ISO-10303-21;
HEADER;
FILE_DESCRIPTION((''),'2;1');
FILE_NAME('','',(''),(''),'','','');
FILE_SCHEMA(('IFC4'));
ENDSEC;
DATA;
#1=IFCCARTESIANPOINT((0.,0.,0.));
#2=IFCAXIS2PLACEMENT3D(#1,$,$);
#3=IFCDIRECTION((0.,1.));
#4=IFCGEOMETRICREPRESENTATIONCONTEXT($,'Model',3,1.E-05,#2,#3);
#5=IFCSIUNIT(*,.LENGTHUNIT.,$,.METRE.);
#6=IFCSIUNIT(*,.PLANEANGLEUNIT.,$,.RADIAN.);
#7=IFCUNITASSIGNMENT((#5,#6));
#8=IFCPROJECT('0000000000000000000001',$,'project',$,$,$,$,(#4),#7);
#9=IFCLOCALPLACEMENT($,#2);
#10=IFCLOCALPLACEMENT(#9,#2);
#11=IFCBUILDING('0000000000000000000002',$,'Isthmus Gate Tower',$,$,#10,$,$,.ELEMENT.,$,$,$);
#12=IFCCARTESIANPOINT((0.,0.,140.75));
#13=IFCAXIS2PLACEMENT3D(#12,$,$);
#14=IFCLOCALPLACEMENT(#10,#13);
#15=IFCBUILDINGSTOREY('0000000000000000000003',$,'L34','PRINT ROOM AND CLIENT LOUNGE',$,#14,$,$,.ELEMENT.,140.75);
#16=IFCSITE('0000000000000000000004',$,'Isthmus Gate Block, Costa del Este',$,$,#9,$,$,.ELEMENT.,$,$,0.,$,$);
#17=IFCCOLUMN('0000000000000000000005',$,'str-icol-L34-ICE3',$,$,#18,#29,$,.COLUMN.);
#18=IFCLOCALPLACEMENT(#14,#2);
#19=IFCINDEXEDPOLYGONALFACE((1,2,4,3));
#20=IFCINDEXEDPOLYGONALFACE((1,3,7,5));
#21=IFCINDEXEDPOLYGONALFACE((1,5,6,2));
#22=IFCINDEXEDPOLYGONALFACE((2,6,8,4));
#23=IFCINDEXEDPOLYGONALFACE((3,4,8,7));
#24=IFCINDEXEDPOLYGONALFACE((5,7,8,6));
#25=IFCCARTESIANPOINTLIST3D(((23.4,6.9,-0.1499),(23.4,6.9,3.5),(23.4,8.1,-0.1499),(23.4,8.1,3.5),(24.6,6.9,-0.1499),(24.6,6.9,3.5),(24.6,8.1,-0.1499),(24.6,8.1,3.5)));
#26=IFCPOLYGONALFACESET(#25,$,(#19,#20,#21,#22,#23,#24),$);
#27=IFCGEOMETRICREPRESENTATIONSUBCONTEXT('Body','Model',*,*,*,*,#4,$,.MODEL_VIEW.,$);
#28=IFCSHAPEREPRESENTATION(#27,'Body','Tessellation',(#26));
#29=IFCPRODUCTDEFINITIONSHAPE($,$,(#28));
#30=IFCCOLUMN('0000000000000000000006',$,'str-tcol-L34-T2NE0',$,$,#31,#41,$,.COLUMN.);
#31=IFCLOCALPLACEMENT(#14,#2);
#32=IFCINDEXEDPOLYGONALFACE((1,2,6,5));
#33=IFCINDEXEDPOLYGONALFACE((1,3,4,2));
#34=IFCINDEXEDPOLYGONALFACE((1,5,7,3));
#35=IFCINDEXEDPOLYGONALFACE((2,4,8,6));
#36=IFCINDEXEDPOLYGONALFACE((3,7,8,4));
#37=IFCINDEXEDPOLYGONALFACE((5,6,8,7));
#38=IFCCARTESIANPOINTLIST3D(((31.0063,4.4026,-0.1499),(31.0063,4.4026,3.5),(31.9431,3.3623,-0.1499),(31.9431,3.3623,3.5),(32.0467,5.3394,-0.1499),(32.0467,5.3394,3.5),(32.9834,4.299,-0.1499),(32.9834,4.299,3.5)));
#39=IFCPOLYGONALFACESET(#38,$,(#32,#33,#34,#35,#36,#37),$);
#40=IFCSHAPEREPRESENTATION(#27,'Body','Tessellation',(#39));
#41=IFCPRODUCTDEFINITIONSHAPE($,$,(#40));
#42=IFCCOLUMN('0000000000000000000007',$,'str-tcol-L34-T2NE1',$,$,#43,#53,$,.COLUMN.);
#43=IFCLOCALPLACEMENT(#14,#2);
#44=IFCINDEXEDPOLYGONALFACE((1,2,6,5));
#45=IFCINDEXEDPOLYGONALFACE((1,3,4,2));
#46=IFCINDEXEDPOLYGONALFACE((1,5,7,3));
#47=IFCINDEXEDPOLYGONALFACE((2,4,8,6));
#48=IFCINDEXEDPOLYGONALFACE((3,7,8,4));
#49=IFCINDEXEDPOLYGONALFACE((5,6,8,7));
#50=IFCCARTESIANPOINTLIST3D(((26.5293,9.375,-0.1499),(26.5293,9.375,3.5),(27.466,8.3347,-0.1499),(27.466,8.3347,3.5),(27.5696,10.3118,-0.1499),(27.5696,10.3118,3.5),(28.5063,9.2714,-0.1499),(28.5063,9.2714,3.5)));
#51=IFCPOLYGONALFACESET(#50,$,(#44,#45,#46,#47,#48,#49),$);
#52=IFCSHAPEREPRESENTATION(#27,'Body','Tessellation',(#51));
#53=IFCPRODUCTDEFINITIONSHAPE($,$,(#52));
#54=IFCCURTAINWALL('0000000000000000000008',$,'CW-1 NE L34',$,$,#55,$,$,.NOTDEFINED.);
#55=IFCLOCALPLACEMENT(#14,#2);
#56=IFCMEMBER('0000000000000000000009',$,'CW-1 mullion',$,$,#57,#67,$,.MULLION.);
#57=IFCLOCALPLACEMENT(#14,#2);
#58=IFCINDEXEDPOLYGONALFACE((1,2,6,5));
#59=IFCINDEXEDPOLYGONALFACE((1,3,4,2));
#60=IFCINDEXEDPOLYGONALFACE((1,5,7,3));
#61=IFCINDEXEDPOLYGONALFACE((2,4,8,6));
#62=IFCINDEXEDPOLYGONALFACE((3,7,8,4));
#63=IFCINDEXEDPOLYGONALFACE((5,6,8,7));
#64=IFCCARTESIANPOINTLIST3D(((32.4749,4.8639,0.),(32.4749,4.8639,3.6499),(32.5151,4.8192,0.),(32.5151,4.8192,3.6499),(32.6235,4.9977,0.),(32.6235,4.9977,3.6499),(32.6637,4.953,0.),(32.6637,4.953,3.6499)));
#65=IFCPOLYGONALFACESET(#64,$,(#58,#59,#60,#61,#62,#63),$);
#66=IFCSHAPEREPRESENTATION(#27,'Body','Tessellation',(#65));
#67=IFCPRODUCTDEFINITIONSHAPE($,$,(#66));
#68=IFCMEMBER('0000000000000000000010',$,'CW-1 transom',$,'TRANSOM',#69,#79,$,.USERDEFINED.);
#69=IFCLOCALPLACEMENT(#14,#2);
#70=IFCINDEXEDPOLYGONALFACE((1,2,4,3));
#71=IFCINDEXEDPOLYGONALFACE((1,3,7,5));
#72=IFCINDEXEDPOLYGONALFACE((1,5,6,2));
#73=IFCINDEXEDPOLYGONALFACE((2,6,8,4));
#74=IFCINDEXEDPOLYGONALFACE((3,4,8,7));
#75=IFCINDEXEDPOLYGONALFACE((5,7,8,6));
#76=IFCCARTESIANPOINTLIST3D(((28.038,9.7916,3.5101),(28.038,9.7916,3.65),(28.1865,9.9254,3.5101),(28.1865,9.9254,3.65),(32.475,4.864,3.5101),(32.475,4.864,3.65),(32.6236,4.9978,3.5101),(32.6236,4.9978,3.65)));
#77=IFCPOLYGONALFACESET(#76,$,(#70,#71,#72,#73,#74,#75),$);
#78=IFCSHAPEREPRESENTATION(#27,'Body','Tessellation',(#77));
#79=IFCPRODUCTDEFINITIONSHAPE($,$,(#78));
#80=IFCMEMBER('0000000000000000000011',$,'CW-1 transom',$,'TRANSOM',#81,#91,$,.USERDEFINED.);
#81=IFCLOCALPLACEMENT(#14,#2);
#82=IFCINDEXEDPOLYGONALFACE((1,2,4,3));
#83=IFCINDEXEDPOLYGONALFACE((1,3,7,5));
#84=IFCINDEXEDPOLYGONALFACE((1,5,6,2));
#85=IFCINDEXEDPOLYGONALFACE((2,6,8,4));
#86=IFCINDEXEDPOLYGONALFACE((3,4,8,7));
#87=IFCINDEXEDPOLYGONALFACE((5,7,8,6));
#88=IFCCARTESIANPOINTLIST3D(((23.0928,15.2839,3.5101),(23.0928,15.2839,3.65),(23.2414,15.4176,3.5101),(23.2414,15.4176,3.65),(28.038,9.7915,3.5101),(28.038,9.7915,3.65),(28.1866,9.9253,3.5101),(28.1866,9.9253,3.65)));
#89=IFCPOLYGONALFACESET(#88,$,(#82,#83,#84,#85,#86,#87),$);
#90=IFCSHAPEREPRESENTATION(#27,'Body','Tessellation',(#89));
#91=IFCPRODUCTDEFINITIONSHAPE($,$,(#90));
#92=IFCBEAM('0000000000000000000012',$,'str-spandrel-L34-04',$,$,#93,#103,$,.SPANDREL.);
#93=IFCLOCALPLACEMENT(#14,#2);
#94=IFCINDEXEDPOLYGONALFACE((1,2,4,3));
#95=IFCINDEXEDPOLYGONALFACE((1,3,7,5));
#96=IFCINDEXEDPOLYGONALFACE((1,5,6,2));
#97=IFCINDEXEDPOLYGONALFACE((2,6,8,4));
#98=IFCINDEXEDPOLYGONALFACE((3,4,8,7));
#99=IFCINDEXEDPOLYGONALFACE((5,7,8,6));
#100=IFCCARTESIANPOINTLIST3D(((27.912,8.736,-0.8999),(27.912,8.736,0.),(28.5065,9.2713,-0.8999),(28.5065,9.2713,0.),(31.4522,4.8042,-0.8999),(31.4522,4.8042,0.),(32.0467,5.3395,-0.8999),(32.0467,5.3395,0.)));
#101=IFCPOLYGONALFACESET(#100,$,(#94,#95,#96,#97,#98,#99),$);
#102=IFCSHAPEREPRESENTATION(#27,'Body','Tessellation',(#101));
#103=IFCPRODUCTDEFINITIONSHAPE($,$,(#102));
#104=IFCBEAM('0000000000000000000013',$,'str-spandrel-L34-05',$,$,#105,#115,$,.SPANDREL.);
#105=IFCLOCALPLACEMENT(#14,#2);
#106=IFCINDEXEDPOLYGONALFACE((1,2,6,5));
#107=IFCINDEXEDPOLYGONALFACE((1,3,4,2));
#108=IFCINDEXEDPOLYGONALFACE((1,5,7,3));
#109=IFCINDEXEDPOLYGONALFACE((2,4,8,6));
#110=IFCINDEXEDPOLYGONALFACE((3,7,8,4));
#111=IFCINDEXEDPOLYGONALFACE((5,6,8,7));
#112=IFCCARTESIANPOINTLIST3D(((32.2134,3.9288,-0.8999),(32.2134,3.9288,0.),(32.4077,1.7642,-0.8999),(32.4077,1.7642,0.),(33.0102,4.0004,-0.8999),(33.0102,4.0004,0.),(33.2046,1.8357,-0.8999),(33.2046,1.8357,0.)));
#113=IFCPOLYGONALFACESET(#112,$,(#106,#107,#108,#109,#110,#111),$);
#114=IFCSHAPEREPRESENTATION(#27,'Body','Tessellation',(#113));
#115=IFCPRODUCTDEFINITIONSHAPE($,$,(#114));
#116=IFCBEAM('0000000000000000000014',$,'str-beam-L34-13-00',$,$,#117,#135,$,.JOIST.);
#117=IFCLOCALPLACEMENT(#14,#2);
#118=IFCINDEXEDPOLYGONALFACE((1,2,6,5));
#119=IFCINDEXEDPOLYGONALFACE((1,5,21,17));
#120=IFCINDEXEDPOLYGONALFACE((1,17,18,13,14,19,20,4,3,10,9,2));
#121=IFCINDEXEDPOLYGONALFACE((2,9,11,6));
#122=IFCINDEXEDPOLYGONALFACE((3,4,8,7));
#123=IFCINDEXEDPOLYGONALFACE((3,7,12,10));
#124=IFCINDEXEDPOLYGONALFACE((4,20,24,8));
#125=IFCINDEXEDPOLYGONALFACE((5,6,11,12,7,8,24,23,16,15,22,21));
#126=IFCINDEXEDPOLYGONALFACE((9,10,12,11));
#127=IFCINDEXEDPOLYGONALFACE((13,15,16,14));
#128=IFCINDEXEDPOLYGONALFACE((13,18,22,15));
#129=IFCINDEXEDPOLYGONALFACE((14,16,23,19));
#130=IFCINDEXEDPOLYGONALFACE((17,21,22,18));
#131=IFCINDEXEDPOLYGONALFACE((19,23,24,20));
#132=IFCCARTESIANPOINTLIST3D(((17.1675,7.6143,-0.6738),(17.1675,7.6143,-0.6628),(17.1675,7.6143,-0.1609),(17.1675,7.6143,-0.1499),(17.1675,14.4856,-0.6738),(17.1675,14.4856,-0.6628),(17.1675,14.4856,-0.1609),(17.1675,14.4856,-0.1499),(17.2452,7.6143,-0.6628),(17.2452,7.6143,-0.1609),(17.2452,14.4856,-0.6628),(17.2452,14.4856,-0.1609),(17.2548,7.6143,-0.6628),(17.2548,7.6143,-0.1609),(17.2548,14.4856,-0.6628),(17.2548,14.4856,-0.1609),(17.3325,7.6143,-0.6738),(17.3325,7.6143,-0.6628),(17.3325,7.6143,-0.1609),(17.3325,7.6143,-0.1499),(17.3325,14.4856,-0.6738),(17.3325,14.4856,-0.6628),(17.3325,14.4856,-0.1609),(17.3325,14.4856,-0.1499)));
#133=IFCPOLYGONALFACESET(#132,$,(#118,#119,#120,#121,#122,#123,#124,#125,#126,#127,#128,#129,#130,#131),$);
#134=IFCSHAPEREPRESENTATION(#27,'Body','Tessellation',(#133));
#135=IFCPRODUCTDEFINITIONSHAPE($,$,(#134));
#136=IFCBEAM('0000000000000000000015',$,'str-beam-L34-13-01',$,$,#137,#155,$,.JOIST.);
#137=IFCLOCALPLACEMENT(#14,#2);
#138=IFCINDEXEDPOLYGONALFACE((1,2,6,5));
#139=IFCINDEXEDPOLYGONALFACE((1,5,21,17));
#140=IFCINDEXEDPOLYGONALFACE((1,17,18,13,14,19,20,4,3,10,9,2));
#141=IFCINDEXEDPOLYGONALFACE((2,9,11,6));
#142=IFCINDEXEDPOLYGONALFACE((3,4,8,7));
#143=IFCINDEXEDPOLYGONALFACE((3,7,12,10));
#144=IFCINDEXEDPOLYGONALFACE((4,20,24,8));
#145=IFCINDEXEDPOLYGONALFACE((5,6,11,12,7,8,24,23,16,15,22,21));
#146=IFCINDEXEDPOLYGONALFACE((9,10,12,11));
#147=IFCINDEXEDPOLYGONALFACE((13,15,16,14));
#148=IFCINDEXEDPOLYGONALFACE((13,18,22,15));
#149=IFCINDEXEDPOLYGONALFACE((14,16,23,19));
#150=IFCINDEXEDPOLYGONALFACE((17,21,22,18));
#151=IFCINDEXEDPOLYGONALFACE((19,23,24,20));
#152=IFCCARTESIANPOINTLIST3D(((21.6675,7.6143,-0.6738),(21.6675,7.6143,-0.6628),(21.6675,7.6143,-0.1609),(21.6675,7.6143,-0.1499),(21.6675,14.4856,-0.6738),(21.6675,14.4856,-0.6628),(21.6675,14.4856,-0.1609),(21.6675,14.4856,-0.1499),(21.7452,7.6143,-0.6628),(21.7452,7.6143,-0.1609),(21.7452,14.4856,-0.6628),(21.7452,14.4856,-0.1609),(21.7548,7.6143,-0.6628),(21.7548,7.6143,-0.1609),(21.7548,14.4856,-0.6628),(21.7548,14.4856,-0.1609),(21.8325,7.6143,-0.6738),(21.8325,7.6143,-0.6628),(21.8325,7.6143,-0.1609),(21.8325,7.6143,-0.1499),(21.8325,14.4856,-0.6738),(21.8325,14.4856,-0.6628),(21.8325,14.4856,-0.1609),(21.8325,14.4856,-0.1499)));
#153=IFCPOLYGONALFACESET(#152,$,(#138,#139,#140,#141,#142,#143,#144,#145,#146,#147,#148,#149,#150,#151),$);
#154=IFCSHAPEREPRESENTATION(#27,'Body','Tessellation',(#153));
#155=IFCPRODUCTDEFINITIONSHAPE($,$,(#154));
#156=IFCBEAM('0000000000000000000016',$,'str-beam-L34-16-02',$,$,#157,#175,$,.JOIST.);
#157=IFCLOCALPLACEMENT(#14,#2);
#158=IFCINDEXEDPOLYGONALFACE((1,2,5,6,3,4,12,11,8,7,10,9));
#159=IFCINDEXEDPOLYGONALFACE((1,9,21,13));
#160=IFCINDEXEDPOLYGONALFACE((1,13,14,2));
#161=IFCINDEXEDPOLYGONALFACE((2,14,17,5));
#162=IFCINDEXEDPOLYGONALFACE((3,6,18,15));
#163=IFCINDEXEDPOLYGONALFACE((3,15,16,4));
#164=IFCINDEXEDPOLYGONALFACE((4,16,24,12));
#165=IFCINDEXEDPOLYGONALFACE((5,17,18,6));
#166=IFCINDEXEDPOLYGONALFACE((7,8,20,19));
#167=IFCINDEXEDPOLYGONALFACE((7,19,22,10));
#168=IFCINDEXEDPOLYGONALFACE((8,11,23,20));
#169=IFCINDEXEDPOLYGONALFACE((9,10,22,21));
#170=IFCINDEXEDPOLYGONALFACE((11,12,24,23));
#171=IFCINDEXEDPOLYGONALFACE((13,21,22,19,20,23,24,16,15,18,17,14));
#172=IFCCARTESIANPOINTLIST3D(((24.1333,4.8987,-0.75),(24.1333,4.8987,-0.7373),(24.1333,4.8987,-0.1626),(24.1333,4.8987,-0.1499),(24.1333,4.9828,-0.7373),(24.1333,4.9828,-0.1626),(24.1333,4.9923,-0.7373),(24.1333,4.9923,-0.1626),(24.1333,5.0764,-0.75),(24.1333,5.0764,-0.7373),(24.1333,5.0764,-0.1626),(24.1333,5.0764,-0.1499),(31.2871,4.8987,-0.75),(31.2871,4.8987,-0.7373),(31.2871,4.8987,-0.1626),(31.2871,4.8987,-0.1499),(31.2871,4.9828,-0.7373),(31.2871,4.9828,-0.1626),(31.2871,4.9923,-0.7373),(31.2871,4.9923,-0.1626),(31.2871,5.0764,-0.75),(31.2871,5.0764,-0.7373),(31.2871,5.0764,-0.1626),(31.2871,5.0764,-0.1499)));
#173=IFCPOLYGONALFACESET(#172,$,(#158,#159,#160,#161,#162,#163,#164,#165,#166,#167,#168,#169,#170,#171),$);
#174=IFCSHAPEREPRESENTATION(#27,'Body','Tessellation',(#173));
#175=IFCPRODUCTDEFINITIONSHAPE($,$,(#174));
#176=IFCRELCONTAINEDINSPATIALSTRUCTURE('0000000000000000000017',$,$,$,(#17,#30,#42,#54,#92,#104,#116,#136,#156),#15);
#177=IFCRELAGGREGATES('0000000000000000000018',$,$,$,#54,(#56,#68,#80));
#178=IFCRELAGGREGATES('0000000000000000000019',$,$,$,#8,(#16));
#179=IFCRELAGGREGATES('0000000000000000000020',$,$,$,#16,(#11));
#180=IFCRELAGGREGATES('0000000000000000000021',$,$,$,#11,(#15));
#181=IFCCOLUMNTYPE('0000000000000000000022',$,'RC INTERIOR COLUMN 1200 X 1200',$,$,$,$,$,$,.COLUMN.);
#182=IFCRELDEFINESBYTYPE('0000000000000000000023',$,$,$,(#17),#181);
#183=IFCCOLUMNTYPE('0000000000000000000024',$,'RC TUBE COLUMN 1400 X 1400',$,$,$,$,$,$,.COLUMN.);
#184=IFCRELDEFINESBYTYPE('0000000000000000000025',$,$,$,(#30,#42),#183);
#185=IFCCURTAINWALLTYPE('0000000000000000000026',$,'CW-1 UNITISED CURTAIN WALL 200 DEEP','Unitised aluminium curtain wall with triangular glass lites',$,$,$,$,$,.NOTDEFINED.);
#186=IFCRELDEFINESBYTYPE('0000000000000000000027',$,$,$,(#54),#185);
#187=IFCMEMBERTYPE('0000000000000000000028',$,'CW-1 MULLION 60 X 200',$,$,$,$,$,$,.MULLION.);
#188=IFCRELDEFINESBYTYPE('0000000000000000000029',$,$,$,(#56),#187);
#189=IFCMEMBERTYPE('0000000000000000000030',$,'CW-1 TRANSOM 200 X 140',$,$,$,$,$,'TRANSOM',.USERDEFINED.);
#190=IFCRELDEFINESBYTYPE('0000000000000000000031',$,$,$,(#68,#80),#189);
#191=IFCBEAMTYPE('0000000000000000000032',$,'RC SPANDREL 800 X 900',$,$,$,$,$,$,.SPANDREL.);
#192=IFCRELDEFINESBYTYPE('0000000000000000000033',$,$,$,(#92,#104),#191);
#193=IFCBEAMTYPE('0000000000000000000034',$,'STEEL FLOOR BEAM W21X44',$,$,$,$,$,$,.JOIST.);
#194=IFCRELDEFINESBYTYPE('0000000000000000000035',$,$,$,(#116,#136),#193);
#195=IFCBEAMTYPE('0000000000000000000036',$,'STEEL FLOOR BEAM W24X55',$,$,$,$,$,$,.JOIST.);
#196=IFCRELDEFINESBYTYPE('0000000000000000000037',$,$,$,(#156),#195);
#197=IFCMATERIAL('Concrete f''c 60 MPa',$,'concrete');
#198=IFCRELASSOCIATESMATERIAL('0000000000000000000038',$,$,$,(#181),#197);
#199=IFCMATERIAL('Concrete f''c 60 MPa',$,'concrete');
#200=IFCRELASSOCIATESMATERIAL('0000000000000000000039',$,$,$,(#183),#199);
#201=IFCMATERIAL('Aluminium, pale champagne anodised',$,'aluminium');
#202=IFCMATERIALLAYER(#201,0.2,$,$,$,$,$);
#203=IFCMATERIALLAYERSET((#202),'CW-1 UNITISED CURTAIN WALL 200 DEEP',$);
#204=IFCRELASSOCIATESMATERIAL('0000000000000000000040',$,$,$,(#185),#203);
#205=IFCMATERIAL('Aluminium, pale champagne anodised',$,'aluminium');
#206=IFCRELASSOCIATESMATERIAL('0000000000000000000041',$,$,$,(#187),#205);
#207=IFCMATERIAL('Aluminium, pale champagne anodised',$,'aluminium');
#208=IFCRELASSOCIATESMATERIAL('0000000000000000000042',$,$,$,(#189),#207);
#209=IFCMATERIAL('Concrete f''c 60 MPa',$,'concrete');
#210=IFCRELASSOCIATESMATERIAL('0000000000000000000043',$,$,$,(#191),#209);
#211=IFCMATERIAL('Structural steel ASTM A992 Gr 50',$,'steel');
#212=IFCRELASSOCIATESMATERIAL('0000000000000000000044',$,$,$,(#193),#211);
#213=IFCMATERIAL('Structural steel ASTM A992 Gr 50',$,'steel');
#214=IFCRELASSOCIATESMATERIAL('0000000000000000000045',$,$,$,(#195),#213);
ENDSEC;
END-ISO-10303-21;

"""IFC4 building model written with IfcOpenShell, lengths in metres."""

from ifc_helpers import new_model, si_unit, direction, frame, origin, origin_2d, place, context, subcontext, project, spatial, rectangle, i_section, extrude, material, layer, layer_set, material_profile, profile_set, type_object, element, aggregate, save


model = new_model("IFC4")

# Units and contexts
model_context = context("Model", 3, precision=1e-05, world=origin(), true_north=direction((0.0, 1.0)))
body_context = subcontext(model_context, "Body", "Model", "MODEL_VIEW")
ifc_project = project(units=[si_unit("LENGTHUNIT", "METRE"), si_unit("PLANEANGLEUNIT", "RADIAN")], contexts=[model_context])

# Site, building, storey
site_placement = place(None, origin())
site = spatial("IfcSite", under=ifc_project, at=site_placement, Name="Isthmus Gate Block, Costa del Este", CompositionType="ELEMENT", RefElevation=0.0)
building_placement = place(site_placement, origin())
building = spatial("IfcBuilding", under=site, at=building_placement, Name="Isthmus Gate Tower", CompositionType="ELEMENT")
storey_placement = place(building_placement, frame((0.0, 0.0, 140.75)))
storey = spatial("IfcBuildingStorey", under=building, at=storey_placement, Name="L34", Description="PRINT ROOM AND CLIENT LOUNGE", CompositionType="ELEMENT", Elevation=140.75)

# Columns
ifc_material_1 = material(Name="Concrete f'c 60 MPa", Category="concrete")
ifc_material_profile_1 = material_profile(ifc_material_1, rectangle(XDim=1.2, YDim=1.2, at=origin_2d()), Name="RC 1200X1200")
ifc_profile_set_1 = profile_set([ifc_material_profile_1], Name="Concrete f'c 60 MPa")
column_type_1 = type_object("IfcColumnType", Name="RC INTERIOR COLUMN 1200 X 1200", PredefinedType="COLUMN", material=ifc_profile_set_1)
column_placement = place(storey_placement, frame((24.0, 7.5, -0.1499), z_axis=(0.0, 0.0, 1.0), x_axis=(1.0, 0.0, 0.0)))
element("IfcColumn", 1, at=column_placement, inside=storey, type_object=column_type_1, Name="str-icol-L34-ICE3", PredefinedType="COLUMN", context=body_context, shape_type="SweptSolid", body=[
    extrude(rectangle(XDim=1.2, YDim=1.2, at=origin_2d()), origin(), (0.0, 0.0, 1.0), 3.6499),
])
ifc_material_2 = material(Name="Concrete f'c 60 MPa", Category="concrete")
ifc_material_profile_2 = material_profile(ifc_material_2, rectangle(XDim=1.3999, YDim=1.3999, at=origin_2d()), Name="RC 1400X1400")
ifc_profile_set_2 = profile_set([ifc_material_profile_2], Name="Concrete f'c 60 MPa")
column_type_2 = type_object("IfcColumnType", Name="RC TUBE COLUMN 1400 X 1400", PredefinedType="COLUMN", material=ifc_profile_set_2)
for number, where, z_axis, x_axis, name in (
    (2, (31.9949, 4.3508, -0.1499), (0.0, 0.0, 1.0), (-0.669131, 0.743145, 0.0), "str-tcol-L34-T2NE0"),
    (3, (27.5178, 9.3232, -0.1499), (0.0, 0.0, 1.0), (-0.669131, 0.743145, 0.0), "str-tcol-L34-T2NE1"),
):
    element("IfcColumn", number, at=place(storey_placement, frame(where, z_axis=z_axis, x_axis=x_axis)), inside=storey, type_object=column_type_2, Name=name, PredefinedType="COLUMN", context=body_context, shape_type="SweptSolid", body=[
        extrude(rectangle(XDim=1.3999, YDim=1.3999, at=origin_2d()), origin(), (0.0, 0.0, 1.0), 3.6499),
    ])

# Curtain wall, members
ifc_material_3 = material(Name="Aluminium, pale champagne anodised", Category="aluminium")
ifc_layer_1 = layer(ifc_material_3, 0.2)
ifc_layer_set_1 = layer_set([ifc_layer_1], Name="CW-1 UNITISED CURTAIN WALL 200 DEEP")
curtain_wall_type = type_object("IfcCurtainWallType", Name="CW-1 UNITISED CURTAIN WALL 200 DEEP", Description="Unitised aluminium curtain wall with triangular glass lites", PredefinedType="NOTDEFINED", material=ifc_layer_set_1)
curtain_wall_placement = place(storey_placement, origin())
curtain_wall = element("IfcCurtainWall", 4, at=curtain_wall_placement, inside=storey, type_object=curtain_wall_type, Name="CW-1 NE L34", PredefinedType="NOTDEFINED")
ifc_material_4 = material(Name="Aluminium, pale champagne anodised", Category="aluminium")
ifc_material_profile_3 = material_profile(ifc_material_4, rectangle(XDim=0.0601, YDim=0.2, at=origin_2d()), Name="60x200")
ifc_profile_set_3 = profile_set([ifc_material_profile_3], Name="Aluminium, pale champagne anodised")
member_type_1 = type_object("IfcMemberType", Name="CW-1 MULLION 60 X 200", PredefinedType="MULLION", material=ifc_profile_set_3)
member_1_placement = place(storey_placement, frame((32.5693, 4.9084, 0.0), z_axis=(0.0, 0.0, 1.0), x_axis=(-0.669131, 0.743145, 0.0)))
member_1 = element("IfcMember", 5, at=member_1_placement, type_object=member_type_1, Name="CW-1 mullion", PredefinedType="MULLION", context=body_context, shape_type="SweptSolid", body=[
    extrude(rectangle(XDim=0.0601, YDim=0.2, at=origin_2d()), origin(), (0.0, 0.0, 1.0), 3.6499),
])
ifc_material_5 = material(Name="Aluminium, pale champagne anodised", Category="aluminium")
ifc_material_profile_4 = material_profile(ifc_material_5, rectangle(XDim=0.2, YDim=0.1399, at=origin_2d()), Name="200x140")
ifc_profile_set_4 = profile_set([ifc_material_profile_4], Name="Aluminium, pale champagne anodised")
member_type_2 = type_object("IfcMemberType", Name="CW-1 TRANSOM 200 X 140", ElementType="TRANSOM", PredefinedType="USERDEFINED", material=ifc_profile_set_4)
member_2_placement = place(storey_placement, frame((32.5493, 4.9309, 3.5801), z_axis=(-0.669154, 0.743124, 0.0), x_axis=(-0.743124, -0.669154, 0.0)))
member_2 = element("IfcMember", 6, at=member_2_placement, type_object=member_type_2, Name="CW-1 transom", ObjectType="TRANSOM", PredefinedType="USERDEFINED", context=body_context, shape_type="SweptSolid", body=[
    extrude(rectangle(XDim=0.2, YDim=0.1399, at=origin_2d()), origin(), (0.0, 0.0, 1.0), 6.6309),
])
member_3_placement = place(storey_placement, frame((28.1123, 9.8584, 3.5801), z_axis=(-0.669123, 0.743151, 0.0), x_axis=(-0.743151, -0.669123, 0.0)))
member_3 = element("IfcMember", 7, at=member_3_placement, type_object=member_type_2, Name="CW-1 transom", ObjectType="TRANSOM", PredefinedType="USERDEFINED", context=body_context, shape_type="SweptSolid", body=[
    extrude(rectangle(XDim=0.2, YDim=0.1399, at=origin_2d()), origin(), (0.0, 0.0, 1.0), 7.3906),
])

# Beams
ifc_material_6 = material(Name="Concrete f'c 60 MPa", Category="concrete")
ifc_material_profile_5 = material_profile(ifc_material_6, rectangle(XDim=0.8, YDim=0.8999, at=origin_2d()), Name="RC 800X900")
ifc_profile_set_5 = profile_set([ifc_material_profile_5], Name="Concrete f'c 60 MPa")
beam_type_1 = type_object("IfcBeamType", Name="RC SPANDREL 800 X 900", PredefinedType="SPANDREL", material=ifc_profile_set_5)
beam_1_placement = place(storey_placement, frame((28.2092, 9.0037, -0.45), z_axis=(0.66913, -0.743145, 0.0), x_axis=(0.743145, 0.66913, 0.0)))
element("IfcBeam", 8, at=beam_1_placement, inside=storey, type_object=beam_type_1, Name="str-spandrel-L34-04", PredefinedType="SPANDREL", context=body_context, shape_type="SweptSolid", body=[
    extrude(rectangle(XDim=0.8, YDim=0.8999, at=origin_2d()), origin(), (0.0, 0.0, 1.0), 5.2908),
])
beam_2_placement = place(storey_placement, frame((32.6118, 3.9646, -0.45), z_axis=(0.089422, -0.995994, 0.0), x_axis=(0.995994, 0.089422, 0.0)))
element("IfcBeam", 9, at=beam_2_placement, inside=storey, type_object=beam_type_1, Name="str-spandrel-L34-05", PredefinedType="SPANDREL", context=body_context, shape_type="SweptSolid", body=[
    extrude(rectangle(XDim=0.8, YDim=0.8999, at=origin_2d()), origin(), (0.0, 0.0, 1.0), 2.1733),
])
ifc_material_7 = material(Name="Structural steel ASTM A992 Gr 50", Category="steel")
ifc_material_profile_6 = material_profile(ifc_material_7, i_section(OverallWidth=0.165, OverallDepth=0.5239, WebThickness=0.0095, FlangeThickness=0.011, at=origin_2d()), Name="W21X44")
ifc_profile_set_6 = profile_set([ifc_material_profile_6], Name="Structural steel ASTM A992 Gr 50")
beam_type_2 = type_object("IfcBeamType", Name="STEEL FLOOR BEAM W21X44", PredefinedType="JOIST", material=ifc_profile_set_6)
for number, where, z_axis, x_axis, name in (
    (10, (17.25, 7.6143, -0.4119), (0.0, 1.0, 0.0), (-1.0, 0.0, 0.0), "str-beam-L34-13-00"),
    (11, (21.75, 7.6143, -0.4119), (0.0, 1.0, 0.0), (-1.0, 0.0, 0.0), "str-beam-L34-13-01"),
):
    element("IfcBeam", number, at=place(storey_placement, frame(where, z_axis=z_axis, x_axis=x_axis)), inside=storey, type_object=beam_type_2, Name=name, PredefinedType="JOIST", context=body_context, shape_type="SweptSolid", body=[
        extrude(i_section(OverallWidth=0.165, OverallDepth=0.5239, WebThickness=0.0095, FlangeThickness=0.011, at=origin_2d()), origin(), (0.0, 0.0, 1.0), 6.8713),
    ])
ifc_material_8 = material(Name="Structural steel ASTM A992 Gr 50", Category="steel")
ifc_material_profile_7 = material_profile(ifc_material_8, i_section(OverallWidth=0.1777, OverallDepth=0.6001, WebThickness=0.0095, FlangeThickness=0.0127, at=origin_2d()), Name="W24X55")
ifc_profile_set_7 = profile_set([ifc_material_profile_7], Name="Structural steel ASTM A992 Gr 50")
beam_type_3 = type_object("IfcBeamType", Name="STEEL FLOOR BEAM W24X55", PredefinedType="JOIST", material=ifc_profile_set_7)
beam_3_placement = place(storey_placement, frame((24.1333, 4.9875, -0.45), z_axis=(1.0, 0.0, 0.0), x_axis=(0.0, 1.0, 0.0)))
element("IfcBeam", 12, at=beam_3_placement, inside=storey, type_object=beam_type_3, Name="str-beam-L34-16-02", PredefinedType="JOIST", context=body_context, shape_type="SweptSolid", body=[
    extrude(i_section(OverallWidth=0.1777, OverallDepth=0.6001, WebThickness=0.0095, FlangeThickness=0.0127, at=origin_2d()), origin(), (0.0, 0.0, 1.0), 7.1538),
])

aggregate(curtain_wall, [member_1, member_2, member_3])

save(model, "model.ifc")
